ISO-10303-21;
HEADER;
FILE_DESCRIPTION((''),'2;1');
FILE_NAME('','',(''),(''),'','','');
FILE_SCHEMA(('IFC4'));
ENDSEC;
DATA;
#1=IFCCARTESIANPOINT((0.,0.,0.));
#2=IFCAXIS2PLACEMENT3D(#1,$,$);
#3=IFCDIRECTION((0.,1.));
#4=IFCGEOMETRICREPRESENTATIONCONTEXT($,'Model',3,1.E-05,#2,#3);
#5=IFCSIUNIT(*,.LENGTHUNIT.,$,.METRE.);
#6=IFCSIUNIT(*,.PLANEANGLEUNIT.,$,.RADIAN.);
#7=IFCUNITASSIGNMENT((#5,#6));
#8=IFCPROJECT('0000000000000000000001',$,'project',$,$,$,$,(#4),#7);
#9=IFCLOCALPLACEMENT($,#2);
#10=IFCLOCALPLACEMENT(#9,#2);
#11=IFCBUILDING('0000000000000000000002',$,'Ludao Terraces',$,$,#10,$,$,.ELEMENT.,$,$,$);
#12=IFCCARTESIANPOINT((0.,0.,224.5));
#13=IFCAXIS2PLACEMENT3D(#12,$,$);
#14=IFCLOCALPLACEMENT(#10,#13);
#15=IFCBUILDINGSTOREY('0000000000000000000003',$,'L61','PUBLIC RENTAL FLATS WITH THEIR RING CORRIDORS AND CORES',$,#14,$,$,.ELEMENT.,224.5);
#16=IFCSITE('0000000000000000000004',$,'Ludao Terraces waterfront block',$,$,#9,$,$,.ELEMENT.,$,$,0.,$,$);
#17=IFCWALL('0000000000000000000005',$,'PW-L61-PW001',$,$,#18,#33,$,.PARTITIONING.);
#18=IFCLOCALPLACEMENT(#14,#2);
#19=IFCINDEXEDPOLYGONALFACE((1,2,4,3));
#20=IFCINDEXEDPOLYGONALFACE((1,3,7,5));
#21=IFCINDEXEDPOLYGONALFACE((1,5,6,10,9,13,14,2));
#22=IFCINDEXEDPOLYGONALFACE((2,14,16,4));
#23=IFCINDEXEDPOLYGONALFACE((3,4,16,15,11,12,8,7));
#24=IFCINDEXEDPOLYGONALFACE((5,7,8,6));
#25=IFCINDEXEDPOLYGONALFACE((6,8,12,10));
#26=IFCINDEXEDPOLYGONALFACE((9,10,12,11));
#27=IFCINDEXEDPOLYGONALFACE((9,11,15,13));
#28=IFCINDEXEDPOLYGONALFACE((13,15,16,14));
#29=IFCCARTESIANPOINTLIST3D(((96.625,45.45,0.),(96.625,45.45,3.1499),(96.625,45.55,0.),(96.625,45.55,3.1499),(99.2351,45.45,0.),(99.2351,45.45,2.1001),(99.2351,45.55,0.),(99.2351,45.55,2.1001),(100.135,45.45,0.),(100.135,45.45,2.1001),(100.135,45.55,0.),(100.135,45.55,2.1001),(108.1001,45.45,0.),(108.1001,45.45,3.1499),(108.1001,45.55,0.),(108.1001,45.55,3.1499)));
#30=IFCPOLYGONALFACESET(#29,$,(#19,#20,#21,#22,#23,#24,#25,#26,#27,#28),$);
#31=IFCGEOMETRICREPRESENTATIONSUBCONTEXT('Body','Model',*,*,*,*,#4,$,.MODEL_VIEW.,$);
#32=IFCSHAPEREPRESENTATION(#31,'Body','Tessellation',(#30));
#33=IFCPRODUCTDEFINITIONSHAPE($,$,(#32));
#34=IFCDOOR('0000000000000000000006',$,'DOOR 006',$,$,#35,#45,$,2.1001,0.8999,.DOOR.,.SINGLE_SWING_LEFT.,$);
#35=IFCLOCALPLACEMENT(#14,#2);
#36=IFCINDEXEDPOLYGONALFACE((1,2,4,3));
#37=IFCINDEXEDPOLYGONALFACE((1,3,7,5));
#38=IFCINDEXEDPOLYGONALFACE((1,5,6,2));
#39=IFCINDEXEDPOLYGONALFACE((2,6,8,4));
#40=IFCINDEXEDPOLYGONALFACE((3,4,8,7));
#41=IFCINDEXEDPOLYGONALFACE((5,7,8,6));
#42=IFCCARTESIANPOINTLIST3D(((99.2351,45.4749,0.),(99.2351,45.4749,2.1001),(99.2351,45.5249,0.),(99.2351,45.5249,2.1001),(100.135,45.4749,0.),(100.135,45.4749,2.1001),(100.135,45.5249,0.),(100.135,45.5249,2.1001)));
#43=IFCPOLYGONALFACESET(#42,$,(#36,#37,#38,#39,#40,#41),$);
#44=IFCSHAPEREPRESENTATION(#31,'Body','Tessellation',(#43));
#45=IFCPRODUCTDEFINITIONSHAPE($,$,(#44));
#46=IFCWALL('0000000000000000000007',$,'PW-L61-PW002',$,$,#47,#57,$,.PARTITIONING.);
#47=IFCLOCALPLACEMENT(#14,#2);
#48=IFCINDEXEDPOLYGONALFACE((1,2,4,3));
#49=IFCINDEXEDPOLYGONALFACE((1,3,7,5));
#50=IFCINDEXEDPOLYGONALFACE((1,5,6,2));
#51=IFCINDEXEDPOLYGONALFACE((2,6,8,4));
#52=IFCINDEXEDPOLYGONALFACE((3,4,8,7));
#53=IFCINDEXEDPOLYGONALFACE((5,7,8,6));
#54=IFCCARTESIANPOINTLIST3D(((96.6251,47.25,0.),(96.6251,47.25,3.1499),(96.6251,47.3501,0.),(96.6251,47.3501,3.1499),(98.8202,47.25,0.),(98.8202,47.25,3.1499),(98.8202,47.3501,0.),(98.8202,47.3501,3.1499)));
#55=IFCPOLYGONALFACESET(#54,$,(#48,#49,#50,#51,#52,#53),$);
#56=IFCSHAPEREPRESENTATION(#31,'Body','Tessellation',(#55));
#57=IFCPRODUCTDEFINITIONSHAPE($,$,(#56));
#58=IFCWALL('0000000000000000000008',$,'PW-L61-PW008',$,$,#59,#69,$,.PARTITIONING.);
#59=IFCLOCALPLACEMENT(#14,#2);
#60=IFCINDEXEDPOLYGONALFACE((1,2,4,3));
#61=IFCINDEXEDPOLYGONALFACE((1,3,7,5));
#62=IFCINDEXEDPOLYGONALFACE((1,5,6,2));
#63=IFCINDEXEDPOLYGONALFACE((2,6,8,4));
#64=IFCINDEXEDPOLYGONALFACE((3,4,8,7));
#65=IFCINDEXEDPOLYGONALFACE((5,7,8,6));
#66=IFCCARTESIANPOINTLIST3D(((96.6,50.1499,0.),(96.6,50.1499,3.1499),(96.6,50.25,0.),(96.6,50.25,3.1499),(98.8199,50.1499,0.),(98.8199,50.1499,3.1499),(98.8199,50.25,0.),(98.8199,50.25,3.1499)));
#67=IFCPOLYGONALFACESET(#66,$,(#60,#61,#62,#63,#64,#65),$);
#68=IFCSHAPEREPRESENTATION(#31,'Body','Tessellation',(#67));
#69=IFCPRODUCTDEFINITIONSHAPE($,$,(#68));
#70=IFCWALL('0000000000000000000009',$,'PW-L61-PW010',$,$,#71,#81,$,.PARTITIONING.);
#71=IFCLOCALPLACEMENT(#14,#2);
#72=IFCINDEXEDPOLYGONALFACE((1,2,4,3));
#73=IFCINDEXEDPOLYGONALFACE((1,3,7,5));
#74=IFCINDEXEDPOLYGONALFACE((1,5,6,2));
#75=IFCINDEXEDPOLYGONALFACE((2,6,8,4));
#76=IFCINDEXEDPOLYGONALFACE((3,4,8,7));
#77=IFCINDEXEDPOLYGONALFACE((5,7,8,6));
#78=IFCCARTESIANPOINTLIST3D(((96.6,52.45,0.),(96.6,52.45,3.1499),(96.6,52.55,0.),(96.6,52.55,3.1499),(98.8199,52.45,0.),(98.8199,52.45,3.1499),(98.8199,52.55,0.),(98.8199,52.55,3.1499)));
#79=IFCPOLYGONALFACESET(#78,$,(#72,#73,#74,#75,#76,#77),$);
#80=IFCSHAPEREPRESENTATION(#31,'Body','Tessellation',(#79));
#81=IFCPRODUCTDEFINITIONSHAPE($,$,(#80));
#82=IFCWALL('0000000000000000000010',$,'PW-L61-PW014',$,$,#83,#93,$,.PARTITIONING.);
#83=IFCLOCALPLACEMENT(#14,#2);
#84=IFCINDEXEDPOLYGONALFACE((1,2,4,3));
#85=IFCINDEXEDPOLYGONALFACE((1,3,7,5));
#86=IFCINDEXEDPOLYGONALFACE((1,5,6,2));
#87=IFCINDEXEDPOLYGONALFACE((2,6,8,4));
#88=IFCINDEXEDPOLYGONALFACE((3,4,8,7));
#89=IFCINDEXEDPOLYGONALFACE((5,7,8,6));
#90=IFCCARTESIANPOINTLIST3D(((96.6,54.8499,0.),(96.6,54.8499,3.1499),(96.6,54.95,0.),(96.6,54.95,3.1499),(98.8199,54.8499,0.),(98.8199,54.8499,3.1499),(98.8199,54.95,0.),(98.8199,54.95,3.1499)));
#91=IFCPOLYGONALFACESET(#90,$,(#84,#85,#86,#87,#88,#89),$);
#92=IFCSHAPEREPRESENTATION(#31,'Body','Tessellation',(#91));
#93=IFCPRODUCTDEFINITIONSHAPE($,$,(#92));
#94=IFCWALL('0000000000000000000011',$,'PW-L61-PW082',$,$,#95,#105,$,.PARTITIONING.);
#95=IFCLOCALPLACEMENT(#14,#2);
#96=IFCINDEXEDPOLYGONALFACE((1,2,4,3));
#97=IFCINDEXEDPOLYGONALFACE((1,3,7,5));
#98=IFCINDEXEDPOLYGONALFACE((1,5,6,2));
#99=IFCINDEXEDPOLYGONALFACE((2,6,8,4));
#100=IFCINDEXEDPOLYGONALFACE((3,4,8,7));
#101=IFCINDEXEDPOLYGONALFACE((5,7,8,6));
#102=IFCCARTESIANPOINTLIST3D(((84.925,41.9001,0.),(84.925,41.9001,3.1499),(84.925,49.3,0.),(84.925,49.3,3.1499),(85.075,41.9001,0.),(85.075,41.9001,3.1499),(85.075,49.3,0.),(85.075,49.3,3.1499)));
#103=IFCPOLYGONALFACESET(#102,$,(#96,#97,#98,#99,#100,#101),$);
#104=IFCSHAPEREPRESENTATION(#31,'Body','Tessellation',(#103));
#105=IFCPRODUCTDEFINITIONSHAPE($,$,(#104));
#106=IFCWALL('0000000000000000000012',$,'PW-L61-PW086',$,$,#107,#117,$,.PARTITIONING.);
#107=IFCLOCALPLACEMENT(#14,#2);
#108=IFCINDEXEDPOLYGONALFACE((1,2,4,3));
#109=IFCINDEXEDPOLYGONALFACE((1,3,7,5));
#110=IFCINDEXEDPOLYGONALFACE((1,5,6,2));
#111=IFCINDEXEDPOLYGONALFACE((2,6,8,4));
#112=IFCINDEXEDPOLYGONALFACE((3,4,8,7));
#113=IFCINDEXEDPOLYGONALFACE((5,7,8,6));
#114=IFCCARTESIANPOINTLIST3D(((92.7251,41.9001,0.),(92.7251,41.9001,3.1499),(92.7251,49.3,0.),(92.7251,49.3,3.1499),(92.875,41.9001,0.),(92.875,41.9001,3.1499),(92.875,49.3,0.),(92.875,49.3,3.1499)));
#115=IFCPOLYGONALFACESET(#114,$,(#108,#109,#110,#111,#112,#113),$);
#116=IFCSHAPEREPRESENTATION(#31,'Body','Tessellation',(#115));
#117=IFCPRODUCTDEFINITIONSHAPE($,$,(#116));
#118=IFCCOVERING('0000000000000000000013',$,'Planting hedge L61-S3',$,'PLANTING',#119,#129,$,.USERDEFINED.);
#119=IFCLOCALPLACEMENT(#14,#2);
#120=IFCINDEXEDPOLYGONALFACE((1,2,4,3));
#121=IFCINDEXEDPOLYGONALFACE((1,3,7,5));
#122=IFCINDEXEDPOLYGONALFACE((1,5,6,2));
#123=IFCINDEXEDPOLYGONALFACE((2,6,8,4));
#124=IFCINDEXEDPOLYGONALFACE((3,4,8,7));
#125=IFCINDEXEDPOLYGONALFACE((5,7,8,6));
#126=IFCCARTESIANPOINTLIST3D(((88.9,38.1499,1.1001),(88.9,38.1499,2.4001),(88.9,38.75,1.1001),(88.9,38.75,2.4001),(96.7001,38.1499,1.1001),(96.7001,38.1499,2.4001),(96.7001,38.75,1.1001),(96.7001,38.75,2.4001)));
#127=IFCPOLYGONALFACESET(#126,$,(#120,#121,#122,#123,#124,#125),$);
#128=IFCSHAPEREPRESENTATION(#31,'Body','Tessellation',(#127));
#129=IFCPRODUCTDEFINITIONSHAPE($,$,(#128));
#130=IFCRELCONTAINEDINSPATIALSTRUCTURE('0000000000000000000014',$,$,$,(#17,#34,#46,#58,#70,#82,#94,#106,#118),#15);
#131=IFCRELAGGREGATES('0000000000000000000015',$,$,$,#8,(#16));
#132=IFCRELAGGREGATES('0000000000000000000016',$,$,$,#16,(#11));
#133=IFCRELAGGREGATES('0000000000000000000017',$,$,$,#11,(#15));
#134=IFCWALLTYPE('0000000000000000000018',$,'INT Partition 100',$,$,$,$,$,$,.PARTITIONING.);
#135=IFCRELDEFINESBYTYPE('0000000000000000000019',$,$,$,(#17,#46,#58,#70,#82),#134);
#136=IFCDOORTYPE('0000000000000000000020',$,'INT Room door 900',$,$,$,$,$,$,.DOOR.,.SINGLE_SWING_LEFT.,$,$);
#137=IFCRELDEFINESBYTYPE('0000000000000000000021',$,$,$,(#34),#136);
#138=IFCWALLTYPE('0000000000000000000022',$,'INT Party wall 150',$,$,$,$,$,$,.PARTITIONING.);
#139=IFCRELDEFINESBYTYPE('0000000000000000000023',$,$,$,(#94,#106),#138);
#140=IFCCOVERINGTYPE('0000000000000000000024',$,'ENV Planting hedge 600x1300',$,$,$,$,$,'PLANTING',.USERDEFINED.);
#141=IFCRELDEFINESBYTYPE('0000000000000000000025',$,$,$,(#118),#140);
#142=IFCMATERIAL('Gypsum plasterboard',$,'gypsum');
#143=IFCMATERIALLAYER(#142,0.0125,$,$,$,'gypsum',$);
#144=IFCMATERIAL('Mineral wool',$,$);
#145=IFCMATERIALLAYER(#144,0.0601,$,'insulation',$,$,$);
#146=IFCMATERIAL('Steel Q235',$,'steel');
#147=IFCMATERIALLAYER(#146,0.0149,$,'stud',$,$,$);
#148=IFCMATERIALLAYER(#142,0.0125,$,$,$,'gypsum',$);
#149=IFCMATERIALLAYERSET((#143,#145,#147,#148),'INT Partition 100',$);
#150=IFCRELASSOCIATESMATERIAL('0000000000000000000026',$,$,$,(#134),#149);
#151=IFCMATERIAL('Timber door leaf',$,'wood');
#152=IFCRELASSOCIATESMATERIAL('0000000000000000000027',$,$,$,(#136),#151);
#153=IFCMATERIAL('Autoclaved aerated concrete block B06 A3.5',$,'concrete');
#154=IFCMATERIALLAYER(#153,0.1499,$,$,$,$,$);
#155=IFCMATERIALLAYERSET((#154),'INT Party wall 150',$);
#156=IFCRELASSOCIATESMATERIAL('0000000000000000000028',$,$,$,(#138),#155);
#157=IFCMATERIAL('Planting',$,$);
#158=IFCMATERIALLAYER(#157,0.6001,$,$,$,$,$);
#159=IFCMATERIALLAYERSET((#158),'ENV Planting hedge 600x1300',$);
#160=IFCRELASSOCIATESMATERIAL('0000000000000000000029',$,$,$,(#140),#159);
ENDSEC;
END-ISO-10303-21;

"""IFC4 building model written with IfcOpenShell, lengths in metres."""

from ifc_helpers import new_model, si_unit, direction, frame, frame_2d, origin, origin_2d, place, context, subcontext, project, spatial, rectangle, extrude, material, layer, layer_set, type_object, element, fill, save


model = new_model("IFC4")

# Units and contexts
model_context = context("Model", 3, precision=1e-05, world=origin(), true_north=direction((0.0, 1.0)))
body_context = subcontext(model_context, "Body", "Model", "MODEL_VIEW")
ifc_project = project(units=[si_unit("LENGTHUNIT", "METRE"), si_unit("PLANEANGLEUNIT", "RADIAN")], contexts=[model_context])

# Site, building, storey
site_placement = place(None, origin())
site = spatial("IfcSite", under=ifc_project, at=site_placement, Name="Ludao Terraces waterfront block", CompositionType="ELEMENT", RefElevation=0.0)
building_placement = place(site_placement, origin())
building = spatial("IfcBuilding", under=site, at=building_placement, Name="Ludao Terraces", CompositionType="ELEMENT")
storey_placement = place(building_placement, frame((0.0, 0.0, 224.5)))
storey = spatial("IfcBuildingStorey", under=building, at=storey_placement, Name="L61", Description="PUBLIC RENTAL FLATS WITH THEIR RING CORRIDORS AND CORES", CompositionType="ELEMENT", Elevation=224.5)

# Shared definitions
ifc_material_1 = material(Name="Steel Q235", Category="steel")

# Shared definitions
ifc_material_2 = material(Name="Mineral wool")

# Wall, opening, door
ifc_material_3 = material(Name="Gypsum plasterboard", Category="gypsum")
ifc_layer_1 = layer(ifc_material_3, 0.0125, Category="gypsum")
ifc_layer_2 = layer(ifc_material_2, 0.0601, Name="insulation")
ifc_layer_3 = layer(ifc_material_1, 0.0149, Name="stud")
ifc_layer_4 = layer(ifc_material_3, 0.0125, Category="gypsum")
ifc_layer_set_1 = layer_set([ifc_layer_1, ifc_layer_2, ifc_layer_3, ifc_layer_4], Name="INT Partition 100")
wall_type_1 = type_object("IfcWallType", Name="INT Partition 100", PredefinedType="PARTITIONING", material=ifc_layer_set_1)
wall_1_placement = place(storey_placement, frame((96.625, 45.5, 0.0), z_axis=(0.0, 0.0, 1.0), x_axis=(1.0, 0.0, 0.0)))
wall_1 = element("IfcWall", 1, at=wall_1_placement, inside=storey, type_object=wall_type_1, Name="PW-L61-PW001", PredefinedType="PARTITIONING", context=body_context, shape_type="SweptSolid", body=[
    extrude(rectangle(XDim=11.4751, YDim=0.1001, at=frame_2d((5.7375, 0.0))), origin(), (0.0, 0.0, 1.0), 3.1499),
])
opening_1_placement = place(wall_1_placement, frame((2.6101, 0.0, 0.0)))
opening_1 = element("IfcOpeningElement", 2, at=opening_1_placement, cuts=wall_1, PredefinedType="OPENING", context=body_context, shape_type="SweptSolid", body=[
    extrude(rectangle(XDim=0.8999, YDim=2.1001, at=frame_2d((0.45, 1.05))), frame((0.0, 0.0601, 0.0), z_axis=(0.0, -1.0, 0.0), x_axis=(1.0, 0.0, 0.0)), (0.0, 0.0, 1.0), 0.1201),
])
ifc_material_4 = material(Name="Timber door leaf", Category="wood")
door_type_1 = type_object("IfcDoorType", Name="INT Room door 900", OperationType="SINGLE_SWING_LEFT", PredefinedType="DOOR", material=ifc_material_4)
door_1_placement = place(opening_1_placement, origin())
door_1 = element("IfcDoor", 3, at=door_1_placement, inside=storey, type_object=door_type_1, Name="DOOR 006", OperationType="SINGLE_SWING_LEFT", OverallHeight=2.1001, OverallWidth=0.8999, PredefinedType="DOOR", context=body_context, shape_type="SweptSolid", body=[
    extrude(rectangle(XDim=0.8999, YDim=2.1001, at=frame_2d((0.45, 1.05))), frame((0.0, 0.0249, 0.0), z_axis=(0.0, -1.0, 0.0), x_axis=(1.0, 0.0, 0.0)), (0.0, 0.0, 1.0), 0.05),
])
fill(opening_1, door_1)

# Walls
wall_2_placement = place(storey_placement, frame((96.625, 47.3, 0.0), z_axis=(0.0, 0.0, 1.0), x_axis=(1.0, 0.0, 0.0)))
element("IfcWall", 4, at=wall_2_placement, inside=storey, type_object=wall_type_1, Name="PW-L61-PW002", PredefinedType="PARTITIONING", context=body_context, shape_type="SweptSolid", body=[
    extrude(rectangle(XDim=2.1951, YDim=0.1001, at=frame_2d((1.0977, 0.0))), origin(), (0.0, 0.0, 1.0), 3.1499),
])
for number, where, z_axis, x_axis, name in (
    (5, (96.6001, 50.2, 0.0), (0.0, 0.0, 1.0), (1.0, 0.0, 0.0), "PW-L61-PW008"),
    (6, (96.6001, 52.5, 0.0), (0.0, 0.0, 1.0), (1.0, 0.0, 0.0), "PW-L61-PW010"),
    (7, (96.6001, 54.8999, 0.0), (0.0, 0.0, 1.0), (1.0, 0.0, 0.0), "PW-L61-PW014"),
):
    element("IfcWall", number, at=place(storey_placement, frame(where, z_axis=z_axis, x_axis=x_axis)), inside=storey, type_object=wall_type_1, Name=name, PredefinedType="PARTITIONING", context=body_context, shape_type="SweptSolid", body=[
        extrude(rectangle(XDim=2.22, YDim=0.1001, at=frame_2d((1.1099, 0.0))), origin(), (0.0, 0.0, 1.0), 3.1499),
    ])
ifc_material_5 = material(Name="Autoclaved aerated concrete block B06 A3.5", Category="concrete")
ifc_layer_5 = layer(ifc_material_5, 0.1499)
ifc_layer_set_2 = layer_set([ifc_layer_5], Name="INT Party wall 150")
wall_type_2 = type_object("IfcWallType", Name="INT Party wall 150", PredefinedType="PARTITIONING", material=ifc_layer_set_2)
for number, where, z_axis, x_axis, name in (
    (8, (85.0, 41.9001, 0.0), (0.0, 0.0, 1.0), (0.0, 1.0, 0.0), "PW-L61-PW082"),
    (9, (92.8, 41.9001, 0.0), (0.0, 0.0, 1.0), (0.0, 1.0, 0.0), "PW-L61-PW086"),
):
    element("IfcWall", number, at=place(storey_placement, frame(where, z_axis=z_axis, x_axis=x_axis)), inside=storey, type_object=wall_type_2, Name=name, PredefinedType="PARTITIONING", context=body_context, shape_type="SweptSolid", body=[
        extrude(rectangle(XDim=7.3999, YDim=0.1499, at=frame_2d((3.7, 0.0))), origin(), (0.0, 0.0, 1.0), 3.1499),
    ])

# Covering
ifc_material_6 = material(Name="Planting")
ifc_layer_6 = layer(ifc_material_6, 0.6001)
ifc_layer_set_3 = layer_set([ifc_layer_6], Name="ENV Planting hedge 600x1300")
covering_type = type_object("IfcCoveringType", Name="ENV Planting hedge 600x1300", ElementType="PLANTING", PredefinedType="USERDEFINED", material=ifc_layer_set_3)
covering_placement = place(storey_placement, frame((92.8, 38.45, 1.1001), z_axis=(0.0, 0.0, 1.0), x_axis=(1.0, 0.0, 0.0)))
element("IfcCovering", 10, at=covering_placement, inside=storey, type_object=covering_type, Name="Planting hedge L61-S3", ObjectType="PLANTING", PredefinedType="USERDEFINED", context=body_context, shape_type="SweptSolid", body=[
    extrude(rectangle(XDim=7.8, YDim=0.6001, at=origin_2d()), origin(), (0.0, 0.0, 1.0), 1.3),
])

save(model, "model.ifc")
